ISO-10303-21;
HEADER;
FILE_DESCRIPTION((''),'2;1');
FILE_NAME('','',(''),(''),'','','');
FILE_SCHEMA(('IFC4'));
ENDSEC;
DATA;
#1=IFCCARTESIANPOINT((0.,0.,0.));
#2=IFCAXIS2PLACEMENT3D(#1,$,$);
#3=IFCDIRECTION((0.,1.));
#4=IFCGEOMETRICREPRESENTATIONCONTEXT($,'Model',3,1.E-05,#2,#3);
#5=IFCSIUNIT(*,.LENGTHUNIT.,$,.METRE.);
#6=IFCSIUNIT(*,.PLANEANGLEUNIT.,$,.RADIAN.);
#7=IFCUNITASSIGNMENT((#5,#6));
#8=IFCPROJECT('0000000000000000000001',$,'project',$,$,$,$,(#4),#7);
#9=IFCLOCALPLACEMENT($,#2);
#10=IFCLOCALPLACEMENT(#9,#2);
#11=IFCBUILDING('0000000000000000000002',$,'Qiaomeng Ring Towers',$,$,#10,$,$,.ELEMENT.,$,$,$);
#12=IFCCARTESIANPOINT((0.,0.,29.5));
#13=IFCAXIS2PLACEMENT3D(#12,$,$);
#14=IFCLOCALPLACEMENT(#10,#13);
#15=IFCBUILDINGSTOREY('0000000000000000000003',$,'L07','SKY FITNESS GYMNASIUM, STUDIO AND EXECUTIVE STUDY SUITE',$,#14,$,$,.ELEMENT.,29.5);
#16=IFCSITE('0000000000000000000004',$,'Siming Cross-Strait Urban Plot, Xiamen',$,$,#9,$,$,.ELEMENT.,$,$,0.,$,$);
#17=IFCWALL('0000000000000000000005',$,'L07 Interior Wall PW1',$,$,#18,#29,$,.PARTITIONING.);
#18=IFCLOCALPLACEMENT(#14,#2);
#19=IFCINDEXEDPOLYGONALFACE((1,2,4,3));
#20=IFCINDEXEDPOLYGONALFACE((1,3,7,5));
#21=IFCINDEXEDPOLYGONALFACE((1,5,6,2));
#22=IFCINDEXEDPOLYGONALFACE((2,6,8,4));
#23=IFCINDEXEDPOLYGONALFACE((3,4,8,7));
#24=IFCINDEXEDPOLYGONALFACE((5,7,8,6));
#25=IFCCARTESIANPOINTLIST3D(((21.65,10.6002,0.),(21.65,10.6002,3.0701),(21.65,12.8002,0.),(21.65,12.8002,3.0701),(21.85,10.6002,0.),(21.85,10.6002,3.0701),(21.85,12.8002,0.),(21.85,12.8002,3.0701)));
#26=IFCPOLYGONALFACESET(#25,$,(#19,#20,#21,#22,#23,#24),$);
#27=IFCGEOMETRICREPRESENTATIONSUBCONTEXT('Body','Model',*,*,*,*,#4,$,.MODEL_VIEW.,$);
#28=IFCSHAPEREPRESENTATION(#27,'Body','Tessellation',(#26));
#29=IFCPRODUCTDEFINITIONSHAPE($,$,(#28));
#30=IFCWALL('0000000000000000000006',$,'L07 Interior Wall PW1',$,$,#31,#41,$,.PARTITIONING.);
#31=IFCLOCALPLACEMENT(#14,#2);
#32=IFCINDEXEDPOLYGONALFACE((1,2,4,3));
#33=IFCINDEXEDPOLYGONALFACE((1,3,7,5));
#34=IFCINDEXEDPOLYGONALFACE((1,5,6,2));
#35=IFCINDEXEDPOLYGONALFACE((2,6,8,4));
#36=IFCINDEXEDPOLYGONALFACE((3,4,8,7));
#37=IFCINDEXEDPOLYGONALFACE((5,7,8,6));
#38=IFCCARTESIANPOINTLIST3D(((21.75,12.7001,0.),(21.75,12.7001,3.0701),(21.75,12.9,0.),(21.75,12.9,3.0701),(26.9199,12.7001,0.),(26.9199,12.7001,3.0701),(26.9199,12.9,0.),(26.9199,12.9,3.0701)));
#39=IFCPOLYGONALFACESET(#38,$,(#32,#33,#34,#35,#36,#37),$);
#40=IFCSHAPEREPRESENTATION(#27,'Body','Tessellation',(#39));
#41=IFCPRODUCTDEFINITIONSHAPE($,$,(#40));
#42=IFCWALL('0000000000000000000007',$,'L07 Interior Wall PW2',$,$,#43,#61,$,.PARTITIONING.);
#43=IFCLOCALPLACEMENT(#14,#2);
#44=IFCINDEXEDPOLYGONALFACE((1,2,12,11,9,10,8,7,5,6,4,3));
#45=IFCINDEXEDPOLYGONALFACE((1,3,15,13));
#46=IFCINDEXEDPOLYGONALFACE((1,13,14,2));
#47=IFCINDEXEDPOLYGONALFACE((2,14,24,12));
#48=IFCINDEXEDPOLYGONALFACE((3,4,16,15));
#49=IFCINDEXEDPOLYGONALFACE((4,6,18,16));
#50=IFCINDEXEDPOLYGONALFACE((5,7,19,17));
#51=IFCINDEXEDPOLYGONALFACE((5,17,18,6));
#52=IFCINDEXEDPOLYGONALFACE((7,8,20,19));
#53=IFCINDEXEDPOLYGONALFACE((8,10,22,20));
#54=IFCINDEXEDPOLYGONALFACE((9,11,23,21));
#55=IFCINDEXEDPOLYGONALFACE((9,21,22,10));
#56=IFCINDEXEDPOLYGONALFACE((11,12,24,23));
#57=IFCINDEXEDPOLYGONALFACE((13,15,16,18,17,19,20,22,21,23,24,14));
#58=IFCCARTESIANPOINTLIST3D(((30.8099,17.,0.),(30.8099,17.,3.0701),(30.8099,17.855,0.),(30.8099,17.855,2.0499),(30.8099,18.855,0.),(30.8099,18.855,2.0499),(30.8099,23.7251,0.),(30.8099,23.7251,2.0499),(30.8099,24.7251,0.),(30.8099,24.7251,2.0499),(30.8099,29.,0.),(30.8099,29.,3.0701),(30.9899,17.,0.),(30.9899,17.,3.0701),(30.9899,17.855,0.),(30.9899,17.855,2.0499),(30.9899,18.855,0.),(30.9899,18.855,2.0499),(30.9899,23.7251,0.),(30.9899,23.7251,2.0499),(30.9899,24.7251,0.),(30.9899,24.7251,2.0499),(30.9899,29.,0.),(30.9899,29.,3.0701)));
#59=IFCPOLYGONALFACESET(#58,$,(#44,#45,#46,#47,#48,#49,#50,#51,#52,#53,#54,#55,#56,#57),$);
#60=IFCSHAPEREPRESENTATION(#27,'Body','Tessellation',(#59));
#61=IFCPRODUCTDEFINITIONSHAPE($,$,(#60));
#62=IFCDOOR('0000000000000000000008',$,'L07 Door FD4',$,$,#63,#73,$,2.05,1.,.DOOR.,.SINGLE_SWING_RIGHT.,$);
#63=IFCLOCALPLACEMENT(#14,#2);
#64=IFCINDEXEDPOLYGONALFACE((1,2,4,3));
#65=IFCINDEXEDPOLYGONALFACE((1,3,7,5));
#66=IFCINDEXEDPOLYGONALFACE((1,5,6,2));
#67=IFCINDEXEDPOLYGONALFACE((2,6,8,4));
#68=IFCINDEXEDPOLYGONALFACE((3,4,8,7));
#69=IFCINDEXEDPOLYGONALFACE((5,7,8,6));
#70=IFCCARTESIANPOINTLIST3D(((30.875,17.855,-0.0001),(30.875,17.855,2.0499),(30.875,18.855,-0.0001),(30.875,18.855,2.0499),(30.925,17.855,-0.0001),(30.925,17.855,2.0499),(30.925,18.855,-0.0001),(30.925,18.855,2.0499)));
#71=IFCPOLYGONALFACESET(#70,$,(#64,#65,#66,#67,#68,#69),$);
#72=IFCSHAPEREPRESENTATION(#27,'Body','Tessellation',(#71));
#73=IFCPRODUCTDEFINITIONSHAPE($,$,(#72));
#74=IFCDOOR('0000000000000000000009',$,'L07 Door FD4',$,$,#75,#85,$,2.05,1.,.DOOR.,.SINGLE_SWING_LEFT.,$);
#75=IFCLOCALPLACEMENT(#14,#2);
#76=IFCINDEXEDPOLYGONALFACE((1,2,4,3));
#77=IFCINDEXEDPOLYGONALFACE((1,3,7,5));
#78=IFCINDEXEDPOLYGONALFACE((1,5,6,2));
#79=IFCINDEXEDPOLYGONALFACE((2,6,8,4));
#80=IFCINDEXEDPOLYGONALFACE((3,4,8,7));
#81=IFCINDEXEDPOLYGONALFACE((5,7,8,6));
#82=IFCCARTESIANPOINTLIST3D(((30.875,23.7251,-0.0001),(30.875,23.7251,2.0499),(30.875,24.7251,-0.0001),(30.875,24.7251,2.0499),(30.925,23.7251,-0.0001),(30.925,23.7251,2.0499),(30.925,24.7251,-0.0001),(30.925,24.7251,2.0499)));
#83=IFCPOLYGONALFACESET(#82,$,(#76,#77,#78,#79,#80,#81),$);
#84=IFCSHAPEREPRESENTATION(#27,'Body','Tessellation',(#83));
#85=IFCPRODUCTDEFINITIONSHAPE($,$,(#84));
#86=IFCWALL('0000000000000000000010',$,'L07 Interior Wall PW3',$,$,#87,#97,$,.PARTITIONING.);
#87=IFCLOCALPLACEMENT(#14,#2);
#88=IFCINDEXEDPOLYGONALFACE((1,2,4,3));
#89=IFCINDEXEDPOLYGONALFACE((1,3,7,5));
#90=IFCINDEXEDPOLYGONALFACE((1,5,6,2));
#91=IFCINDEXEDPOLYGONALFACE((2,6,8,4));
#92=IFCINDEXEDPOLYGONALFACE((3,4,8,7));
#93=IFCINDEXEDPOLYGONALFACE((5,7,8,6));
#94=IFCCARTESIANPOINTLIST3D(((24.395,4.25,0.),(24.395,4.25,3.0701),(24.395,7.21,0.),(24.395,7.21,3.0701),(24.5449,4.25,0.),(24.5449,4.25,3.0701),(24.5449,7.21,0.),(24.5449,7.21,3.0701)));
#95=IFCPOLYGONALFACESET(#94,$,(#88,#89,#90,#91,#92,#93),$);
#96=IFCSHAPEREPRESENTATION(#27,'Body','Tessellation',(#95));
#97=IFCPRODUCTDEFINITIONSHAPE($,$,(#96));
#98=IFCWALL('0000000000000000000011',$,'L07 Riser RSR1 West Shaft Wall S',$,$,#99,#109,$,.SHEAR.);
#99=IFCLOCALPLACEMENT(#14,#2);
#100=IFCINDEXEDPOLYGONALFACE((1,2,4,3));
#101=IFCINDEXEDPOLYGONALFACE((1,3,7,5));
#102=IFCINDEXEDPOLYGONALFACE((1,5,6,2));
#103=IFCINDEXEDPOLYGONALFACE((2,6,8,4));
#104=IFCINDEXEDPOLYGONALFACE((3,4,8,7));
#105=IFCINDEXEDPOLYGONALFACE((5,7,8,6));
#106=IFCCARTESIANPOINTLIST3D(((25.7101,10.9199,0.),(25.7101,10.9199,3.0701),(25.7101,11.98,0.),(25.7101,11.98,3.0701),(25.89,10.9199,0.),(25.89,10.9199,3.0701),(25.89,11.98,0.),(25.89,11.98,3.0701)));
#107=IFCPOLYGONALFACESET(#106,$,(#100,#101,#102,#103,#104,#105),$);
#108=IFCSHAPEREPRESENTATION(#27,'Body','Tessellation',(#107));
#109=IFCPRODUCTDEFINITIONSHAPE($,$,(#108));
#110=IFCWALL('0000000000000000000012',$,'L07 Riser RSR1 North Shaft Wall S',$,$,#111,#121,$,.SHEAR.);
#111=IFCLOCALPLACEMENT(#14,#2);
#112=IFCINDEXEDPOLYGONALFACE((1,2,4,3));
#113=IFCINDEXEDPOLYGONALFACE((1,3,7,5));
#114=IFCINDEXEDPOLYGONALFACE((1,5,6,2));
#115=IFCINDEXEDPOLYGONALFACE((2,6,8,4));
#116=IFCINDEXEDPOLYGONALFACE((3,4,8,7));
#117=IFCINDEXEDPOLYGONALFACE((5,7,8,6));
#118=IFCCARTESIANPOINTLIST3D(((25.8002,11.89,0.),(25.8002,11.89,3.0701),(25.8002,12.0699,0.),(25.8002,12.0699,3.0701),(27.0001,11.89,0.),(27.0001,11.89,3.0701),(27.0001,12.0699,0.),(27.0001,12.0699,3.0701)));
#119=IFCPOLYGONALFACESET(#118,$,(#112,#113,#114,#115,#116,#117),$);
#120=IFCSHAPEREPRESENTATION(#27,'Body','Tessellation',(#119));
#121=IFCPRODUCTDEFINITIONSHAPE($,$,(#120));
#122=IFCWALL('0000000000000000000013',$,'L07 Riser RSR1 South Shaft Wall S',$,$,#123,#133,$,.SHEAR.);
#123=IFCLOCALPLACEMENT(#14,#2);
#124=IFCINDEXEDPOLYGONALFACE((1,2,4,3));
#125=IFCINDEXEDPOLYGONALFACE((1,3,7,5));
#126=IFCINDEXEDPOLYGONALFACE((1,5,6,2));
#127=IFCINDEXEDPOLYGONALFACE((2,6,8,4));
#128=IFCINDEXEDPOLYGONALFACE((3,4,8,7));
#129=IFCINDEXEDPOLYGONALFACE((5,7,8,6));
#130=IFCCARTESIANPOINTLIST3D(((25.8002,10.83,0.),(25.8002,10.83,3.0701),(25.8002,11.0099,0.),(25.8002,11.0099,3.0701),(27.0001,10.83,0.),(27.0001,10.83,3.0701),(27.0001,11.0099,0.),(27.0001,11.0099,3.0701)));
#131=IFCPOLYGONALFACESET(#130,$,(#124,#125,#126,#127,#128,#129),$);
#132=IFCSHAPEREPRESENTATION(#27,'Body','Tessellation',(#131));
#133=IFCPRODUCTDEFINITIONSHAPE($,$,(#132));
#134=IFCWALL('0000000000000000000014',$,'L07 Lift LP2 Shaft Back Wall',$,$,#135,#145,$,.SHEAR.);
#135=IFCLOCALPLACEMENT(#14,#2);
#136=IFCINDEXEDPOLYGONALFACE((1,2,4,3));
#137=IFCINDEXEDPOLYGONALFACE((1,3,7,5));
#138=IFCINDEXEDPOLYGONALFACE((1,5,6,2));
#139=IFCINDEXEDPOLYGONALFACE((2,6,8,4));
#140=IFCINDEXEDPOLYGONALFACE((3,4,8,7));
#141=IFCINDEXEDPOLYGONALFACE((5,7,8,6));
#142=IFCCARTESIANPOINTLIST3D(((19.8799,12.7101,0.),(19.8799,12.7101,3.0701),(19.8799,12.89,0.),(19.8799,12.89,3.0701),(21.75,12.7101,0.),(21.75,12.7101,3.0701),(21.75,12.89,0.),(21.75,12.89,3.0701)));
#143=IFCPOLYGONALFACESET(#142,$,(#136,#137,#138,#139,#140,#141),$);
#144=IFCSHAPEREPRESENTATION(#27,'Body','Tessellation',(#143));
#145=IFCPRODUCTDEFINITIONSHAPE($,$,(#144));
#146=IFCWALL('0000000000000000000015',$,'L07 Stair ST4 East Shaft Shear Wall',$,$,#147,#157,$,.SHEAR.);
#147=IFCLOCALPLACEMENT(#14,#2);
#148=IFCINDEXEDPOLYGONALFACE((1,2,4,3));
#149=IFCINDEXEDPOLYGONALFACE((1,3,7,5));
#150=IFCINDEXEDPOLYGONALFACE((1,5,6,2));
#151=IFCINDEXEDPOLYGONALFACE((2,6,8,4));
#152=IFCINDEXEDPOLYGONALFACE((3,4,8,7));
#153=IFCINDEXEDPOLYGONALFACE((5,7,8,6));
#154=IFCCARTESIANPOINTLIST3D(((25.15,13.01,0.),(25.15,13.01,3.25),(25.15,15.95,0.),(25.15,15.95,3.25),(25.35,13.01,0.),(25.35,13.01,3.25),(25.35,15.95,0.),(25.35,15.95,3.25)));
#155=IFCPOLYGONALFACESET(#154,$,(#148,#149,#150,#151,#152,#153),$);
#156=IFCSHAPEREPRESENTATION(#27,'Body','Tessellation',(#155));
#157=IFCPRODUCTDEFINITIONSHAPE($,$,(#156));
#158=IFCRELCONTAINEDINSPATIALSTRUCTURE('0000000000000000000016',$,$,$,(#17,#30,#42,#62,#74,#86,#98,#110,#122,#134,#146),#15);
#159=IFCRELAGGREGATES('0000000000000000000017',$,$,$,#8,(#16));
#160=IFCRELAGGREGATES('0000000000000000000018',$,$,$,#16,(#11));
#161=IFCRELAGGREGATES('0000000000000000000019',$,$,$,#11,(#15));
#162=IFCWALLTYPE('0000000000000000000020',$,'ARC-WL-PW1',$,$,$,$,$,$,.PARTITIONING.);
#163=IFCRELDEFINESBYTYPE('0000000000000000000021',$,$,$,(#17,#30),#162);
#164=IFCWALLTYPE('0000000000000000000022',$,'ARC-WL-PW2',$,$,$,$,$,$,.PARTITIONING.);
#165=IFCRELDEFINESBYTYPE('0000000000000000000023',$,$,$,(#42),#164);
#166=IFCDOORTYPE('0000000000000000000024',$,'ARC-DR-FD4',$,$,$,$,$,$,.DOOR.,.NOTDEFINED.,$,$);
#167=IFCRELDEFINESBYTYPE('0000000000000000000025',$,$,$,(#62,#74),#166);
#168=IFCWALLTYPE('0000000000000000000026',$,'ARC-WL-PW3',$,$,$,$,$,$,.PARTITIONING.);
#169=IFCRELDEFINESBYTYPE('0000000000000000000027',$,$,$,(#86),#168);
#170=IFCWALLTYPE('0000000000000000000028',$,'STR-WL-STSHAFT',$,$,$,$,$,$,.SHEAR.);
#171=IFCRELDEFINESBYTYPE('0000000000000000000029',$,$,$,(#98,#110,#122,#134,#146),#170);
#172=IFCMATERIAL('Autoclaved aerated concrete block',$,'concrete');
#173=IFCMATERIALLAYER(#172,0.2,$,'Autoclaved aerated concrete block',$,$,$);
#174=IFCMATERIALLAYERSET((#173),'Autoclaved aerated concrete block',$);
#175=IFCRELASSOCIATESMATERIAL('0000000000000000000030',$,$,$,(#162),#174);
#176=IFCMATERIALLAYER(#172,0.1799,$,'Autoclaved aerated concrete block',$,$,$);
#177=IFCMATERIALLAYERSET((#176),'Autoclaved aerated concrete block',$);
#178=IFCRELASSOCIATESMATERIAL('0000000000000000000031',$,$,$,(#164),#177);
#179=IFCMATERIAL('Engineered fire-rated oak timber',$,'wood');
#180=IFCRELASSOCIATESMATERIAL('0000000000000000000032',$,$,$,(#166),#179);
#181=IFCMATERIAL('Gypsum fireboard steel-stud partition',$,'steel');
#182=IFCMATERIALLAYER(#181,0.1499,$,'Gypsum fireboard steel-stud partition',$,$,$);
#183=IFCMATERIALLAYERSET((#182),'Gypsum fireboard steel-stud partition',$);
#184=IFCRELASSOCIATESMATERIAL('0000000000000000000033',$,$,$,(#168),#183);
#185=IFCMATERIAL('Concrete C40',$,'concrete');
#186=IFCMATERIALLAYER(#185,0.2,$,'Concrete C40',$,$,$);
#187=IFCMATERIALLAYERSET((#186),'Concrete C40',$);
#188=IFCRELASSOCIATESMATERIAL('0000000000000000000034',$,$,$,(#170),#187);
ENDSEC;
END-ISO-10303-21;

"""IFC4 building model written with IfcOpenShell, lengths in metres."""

from ifc_helpers import new_model, si_unit, direction, frame, frame_2d, origin, place, context, subcontext, project, spatial, rectangle, extrude, source, transform, mapped, material, layer, layer_set, type_object, element, fill, save


model = new_model("IFC4")

# Units and contexts
model_context = context("Model", 3, precision=1e-05, world=origin(), true_north=direction((0.0, 1.0)))
body_context = subcontext(model_context, "Body", "Model", "MODEL_VIEW")
ifc_project = project(units=[si_unit("LENGTHUNIT", "METRE"), si_unit("PLANEANGLEUNIT", "RADIAN")], contexts=[model_context])

# Site, building, storey
site_placement = place(None, origin())
site = spatial("IfcSite", under=ifc_project, at=site_placement, Name="Siming Cross-Strait Urban Plot, Xiamen", CompositionType="ELEMENT", RefElevation=0.0)
building_placement = place(site_placement, origin())
building = spatial("IfcBuilding", under=site, at=building_placement, Name="Qiaomeng Ring Towers", CompositionType="ELEMENT")
storey_placement = place(building_placement, frame((0.0, 0.0, 29.5)))
storey = spatial("IfcBuildingStorey", under=building, at=storey_placement, Name="L07", Description="SKY FITNESS GYMNASIUM, STUDIO AND EXECUTIVE STUDY SUITE", CompositionType="ELEMENT", Elevation=29.5)

# Shared definitions
ifc_material_1 = material(Name="Autoclaved aerated concrete block", Category="concrete")
ifc_layer_1 = layer(ifc_material_1, 0.2, Name="Autoclaved aerated concrete block")
ifc_layer_set_1 = layer_set([ifc_layer_1], Name="Autoclaved aerated concrete block")
wall_type_1 = type_object("IfcWallType", Name="ARC-WL-PW1", PredefinedType="PARTITIONING", material=ifc_layer_set_1)

# Walls
wall_1_placement = place(storey_placement, frame((21.75, 10.6001, 0.0), z_axis=(0.0, 0.0, 1.0), x_axis=(0.0, 1.0, 0.0)))
element("IfcWall", 1, at=wall_1_placement, inside=storey, type_object=wall_type_1, Name="L07 Interior Wall PW1", PredefinedType="PARTITIONING", context=body_context, shape_type="SweptSolid", body=[
    extrude(rectangle(XDim=2.2, YDim=0.2, at=frame_2d((1.1001, 0.0))), origin(), (0.0, 0.0, 1.0), 3.0701),
])
wall_2_placement = place(storey_placement, frame((21.75, 12.8, 0.0), z_axis=(0.0, 0.0, 1.0), x_axis=(1.0, 0.0, 0.0)))
element("IfcWall", 2, at=wall_2_placement, inside=storey, type_object=wall_type_1, Name="L07 Interior Wall PW1", PredefinedType="PARTITIONING", context=body_context, shape_type="SweptSolid", body=[
    extrude(rectangle(XDim=5.1699, YDim=0.2, at=frame_2d((2.585, 0.0))), origin(), (0.0, 0.0, 1.0), 3.0701),
])

# Wall, openings, doors
ifc_layer_2 = layer(ifc_material_1, 0.1799, Name="Autoclaved aerated concrete block")
ifc_layer_set_2 = layer_set([ifc_layer_2], Name="Autoclaved aerated concrete block")
wall_type_2 = type_object("IfcWallType", Name="ARC-WL-PW2", PredefinedType="PARTITIONING", material=ifc_layer_set_2)
wall_3_placement = place(storey_placement, frame((30.8999, 17.0, 0.0), z_axis=(0.0, 0.0, 1.0), x_axis=(0.0, 1.0, 0.0)))
wall_3 = element("IfcWall", 3, at=wall_3_placement, inside=storey, type_object=wall_type_2, Name="L07 Interior Wall PW2", PredefinedType="PARTITIONING", context=body_context, shape_type="SweptSolid", body=[
    extrude(rectangle(XDim=12.0, YDim=0.1799, at=frame_2d((6.0, 0.0))), origin(), (0.0, 0.0, 1.0), 3.0701),
])
opening_1_placement = place(wall_3_placement, frame((0.855, 0.0, 0.0)))
opening_1 = element("IfcOpeningElement", 4, at=opening_1_placement, cuts=wall_3, PredefinedType="OPENING", context=body_context, shape_type="SweptSolid", body=[
    extrude(rectangle(XDim=1.0, YDim=2.05, at=frame_2d((0.5, 1.0249))), frame((0.0, 0.0999, 0.0), z_axis=(0.0, -1.0, 0.0), x_axis=(1.0, 0.0, 0.0)), (0.0, 0.0, 1.0), 0.2),
])
opening_2_placement = place(wall_3_placement, frame((6.7251, 0.0, 0.0)))
opening_2 = element("IfcOpeningElement", 5, at=opening_2_placement, cuts=wall_3, PredefinedType="OPENING", context=body_context, shape_type="SweptSolid", body=[
    extrude(rectangle(XDim=1.0, YDim=2.05, at=frame_2d((0.5, 1.0249))), frame((0.0, 0.0999, 0.0), z_axis=(0.0, -1.0, 0.0), x_axis=(1.0, 0.0, 0.0)), (0.0, 0.0, 1.0), 0.2),
])
ifc_material_2 = material(Name="Engineered fire-rated oak timber", Category="wood")
door_type_1 = type_object("IfcDoorType", Name="ARC-DR-FD4", OperationType="NOTDEFINED", PredefinedType="DOOR", material=ifc_material_2)
shared_shape_1 = source(origin(), body_context, "Body", "SweptSolid", [
    extrude(rectangle(XDim=1.0, YDim=2.05, at=frame_2d((0.5, 1.0249))), frame((0.0, 0.0249, 0.0), z_axis=(0.0, -1.0, 0.0), x_axis=(1.0, 0.0, 0.0)), (0.0, 0.0, 1.0), 0.05),
])
door_1_placement = place(opening_1_placement, origin())
door_1 = element("IfcDoor", 6, at=door_1_placement, inside=storey, type_object=door_type_1, Name="L07 Door FD4", OperationType="SINGLE_SWING_RIGHT", OverallHeight=2.05, OverallWidth=1.0, PredefinedType="DOOR", context=body_context, shape_type="MappedRepresentation", body=[
    mapped(shared_shape_1, transform((0.0, 0.0, 0.0), x_axis=(1.0, 0.0, 0.0), y_axis=(0.0, 1.0, 0.0), z_axis=(0.0, 0.0, 1.0), scale=1.0)),
])
fill(opening_1, door_1)
door_2_placement = place(opening_2_placement, origin())
door_2 = element("IfcDoor", 7, at=door_2_placement, inside=storey, type_object=door_type_1, Name="L07 Door FD4", OperationType="SINGLE_SWING_LEFT", OverallHeight=2.05, OverallWidth=1.0, PredefinedType="DOOR", context=body_context, shape_type="MappedRepresentation", body=[
    mapped(shared_shape_1, transform((0.0, 0.0, 0.0), x_axis=(1.0, 0.0, 0.0), y_axis=(0.0, 1.0, 0.0), z_axis=(0.0, 0.0, 1.0), scale=1.0)),
])
fill(opening_2, door_2)

# Walls
ifc_material_3 = material(Name="Gypsum fireboard steel-stud partition", Category="steel")
ifc_layer_3 = layer(ifc_material_3, 0.1499, Name="Gypsum fireboard steel-stud partition")
ifc_layer_set_3 = layer_set([ifc_layer_3], Name="Gypsum fireboard steel-stud partition")
wall_type_3 = type_object("IfcWallType", Name="ARC-WL-PW3", PredefinedType="PARTITIONING", material=ifc_layer_set_3)
wall_4_placement = place(storey_placement, frame((24.47, 4.25, 0.0), z_axis=(0.0, 0.0, 1.0), x_axis=(0.0, 1.0, 0.0)))
element("IfcWall", 8, at=wall_4_placement, inside=storey, type_object=wall_type_3, Name="L07 Interior Wall PW3", PredefinedType="PARTITIONING", context=body_context, shape_type="SweptSolid", body=[
    extrude(rectangle(XDim=2.96, YDim=0.1499, at=frame_2d((1.48, 0.0))), origin(), (0.0, 0.0, 1.0), 3.0701),
])
ifc_material_4 = material(Name="Concrete C40", Category="concrete")
ifc_layer_4 = layer(ifc_material_4, 0.2, Name="Concrete C40")
ifc_layer_set_4 = layer_set([ifc_layer_4], Name="Concrete C40")
wall_type_4 = type_object("IfcWallType", Name="STR-WL-STSHAFT", PredefinedType="SHEAR", material=ifc_layer_set_4)
wall_5_placement = place(storey_placement, frame((25.8, 10.9199, 0.0), z_axis=(0.0, 0.0, 1.0), x_axis=(0.0, 1.0, 0.0)))
element("IfcWall", 9, at=wall_5_placement, inside=storey, type_object=wall_type_4, Name="L07 Riser RSR1 West Shaft Wall S", PredefinedType="SHEAR", context=body_context, shape_type="SweptSolid", body=[
    extrude(rectangle(XDim=1.0601, YDim=0.1799, at=frame_2d((0.53, 0.0))), origin(), (0.0, 0.0, 1.0), 3.0701),
])
for number, where, z_axis, x_axis, name in (
    (10, (25.8, 11.98, 0.0), (0.0, 0.0, 1.0), (1.0, 0.0, 0.0), "L07 Riser RSR1 North Shaft Wall S"),
    (11, (25.8, 10.9199, 0.0), (0.0, 0.0, 1.0), (1.0, 0.0, 0.0), "L07 Riser RSR1 South Shaft Wall S"),
):
    element("IfcWall", number, at=place(storey_placement, frame(where, z_axis=z_axis, x_axis=x_axis)), inside=storey, type_object=wall_type_4, Name=name, PredefinedType="SHEAR", context=body_context, shape_type="SweptSolid", body=[
        extrude(rectangle(XDim=1.2, YDim=0.1799, at=frame_2d((0.6001, 0.0))), origin(), (0.0, 0.0, 1.0), 3.0701),
    ])
wall_6_placement = place(storey_placement, frame((19.8799, 12.8, 0.0), z_axis=(0.0, 0.0, 1.0), x_axis=(1.0, 0.0, 0.0)))
element("IfcWall", 12, at=wall_6_placement, inside=storey, type_object=wall_type_4, Name="L07 Lift LP2 Shaft Back Wall", PredefinedType="SHEAR", context=body_context, shape_type="SweptSolid", body=[
    extrude(rectangle(XDim=1.8701, YDim=0.1799, at=frame_2d((0.9351, 0.0))), origin(), (0.0, 0.0, 1.0), 3.0701),
])
wall_7_placement = place(storey_placement, frame((25.25, 13.01, 0.0), z_axis=(0.0, 0.0, 1.0), x_axis=(0.0, 1.0, 0.0)))
element("IfcWall", 13, at=wall_7_placement, inside=storey, type_object=wall_type_4, Name="L07 Stair ST4 East Shaft Shear Wall", PredefinedType="SHEAR", context=body_context, shape_type="SweptSolid", body=[
    extrude(rectangle(XDim=2.9399, YDim=0.2, at=frame_2d((1.47, 0.0))), origin(), (0.0, 0.0, 1.0), 3.25),
])

save(model, "model.ifc")
